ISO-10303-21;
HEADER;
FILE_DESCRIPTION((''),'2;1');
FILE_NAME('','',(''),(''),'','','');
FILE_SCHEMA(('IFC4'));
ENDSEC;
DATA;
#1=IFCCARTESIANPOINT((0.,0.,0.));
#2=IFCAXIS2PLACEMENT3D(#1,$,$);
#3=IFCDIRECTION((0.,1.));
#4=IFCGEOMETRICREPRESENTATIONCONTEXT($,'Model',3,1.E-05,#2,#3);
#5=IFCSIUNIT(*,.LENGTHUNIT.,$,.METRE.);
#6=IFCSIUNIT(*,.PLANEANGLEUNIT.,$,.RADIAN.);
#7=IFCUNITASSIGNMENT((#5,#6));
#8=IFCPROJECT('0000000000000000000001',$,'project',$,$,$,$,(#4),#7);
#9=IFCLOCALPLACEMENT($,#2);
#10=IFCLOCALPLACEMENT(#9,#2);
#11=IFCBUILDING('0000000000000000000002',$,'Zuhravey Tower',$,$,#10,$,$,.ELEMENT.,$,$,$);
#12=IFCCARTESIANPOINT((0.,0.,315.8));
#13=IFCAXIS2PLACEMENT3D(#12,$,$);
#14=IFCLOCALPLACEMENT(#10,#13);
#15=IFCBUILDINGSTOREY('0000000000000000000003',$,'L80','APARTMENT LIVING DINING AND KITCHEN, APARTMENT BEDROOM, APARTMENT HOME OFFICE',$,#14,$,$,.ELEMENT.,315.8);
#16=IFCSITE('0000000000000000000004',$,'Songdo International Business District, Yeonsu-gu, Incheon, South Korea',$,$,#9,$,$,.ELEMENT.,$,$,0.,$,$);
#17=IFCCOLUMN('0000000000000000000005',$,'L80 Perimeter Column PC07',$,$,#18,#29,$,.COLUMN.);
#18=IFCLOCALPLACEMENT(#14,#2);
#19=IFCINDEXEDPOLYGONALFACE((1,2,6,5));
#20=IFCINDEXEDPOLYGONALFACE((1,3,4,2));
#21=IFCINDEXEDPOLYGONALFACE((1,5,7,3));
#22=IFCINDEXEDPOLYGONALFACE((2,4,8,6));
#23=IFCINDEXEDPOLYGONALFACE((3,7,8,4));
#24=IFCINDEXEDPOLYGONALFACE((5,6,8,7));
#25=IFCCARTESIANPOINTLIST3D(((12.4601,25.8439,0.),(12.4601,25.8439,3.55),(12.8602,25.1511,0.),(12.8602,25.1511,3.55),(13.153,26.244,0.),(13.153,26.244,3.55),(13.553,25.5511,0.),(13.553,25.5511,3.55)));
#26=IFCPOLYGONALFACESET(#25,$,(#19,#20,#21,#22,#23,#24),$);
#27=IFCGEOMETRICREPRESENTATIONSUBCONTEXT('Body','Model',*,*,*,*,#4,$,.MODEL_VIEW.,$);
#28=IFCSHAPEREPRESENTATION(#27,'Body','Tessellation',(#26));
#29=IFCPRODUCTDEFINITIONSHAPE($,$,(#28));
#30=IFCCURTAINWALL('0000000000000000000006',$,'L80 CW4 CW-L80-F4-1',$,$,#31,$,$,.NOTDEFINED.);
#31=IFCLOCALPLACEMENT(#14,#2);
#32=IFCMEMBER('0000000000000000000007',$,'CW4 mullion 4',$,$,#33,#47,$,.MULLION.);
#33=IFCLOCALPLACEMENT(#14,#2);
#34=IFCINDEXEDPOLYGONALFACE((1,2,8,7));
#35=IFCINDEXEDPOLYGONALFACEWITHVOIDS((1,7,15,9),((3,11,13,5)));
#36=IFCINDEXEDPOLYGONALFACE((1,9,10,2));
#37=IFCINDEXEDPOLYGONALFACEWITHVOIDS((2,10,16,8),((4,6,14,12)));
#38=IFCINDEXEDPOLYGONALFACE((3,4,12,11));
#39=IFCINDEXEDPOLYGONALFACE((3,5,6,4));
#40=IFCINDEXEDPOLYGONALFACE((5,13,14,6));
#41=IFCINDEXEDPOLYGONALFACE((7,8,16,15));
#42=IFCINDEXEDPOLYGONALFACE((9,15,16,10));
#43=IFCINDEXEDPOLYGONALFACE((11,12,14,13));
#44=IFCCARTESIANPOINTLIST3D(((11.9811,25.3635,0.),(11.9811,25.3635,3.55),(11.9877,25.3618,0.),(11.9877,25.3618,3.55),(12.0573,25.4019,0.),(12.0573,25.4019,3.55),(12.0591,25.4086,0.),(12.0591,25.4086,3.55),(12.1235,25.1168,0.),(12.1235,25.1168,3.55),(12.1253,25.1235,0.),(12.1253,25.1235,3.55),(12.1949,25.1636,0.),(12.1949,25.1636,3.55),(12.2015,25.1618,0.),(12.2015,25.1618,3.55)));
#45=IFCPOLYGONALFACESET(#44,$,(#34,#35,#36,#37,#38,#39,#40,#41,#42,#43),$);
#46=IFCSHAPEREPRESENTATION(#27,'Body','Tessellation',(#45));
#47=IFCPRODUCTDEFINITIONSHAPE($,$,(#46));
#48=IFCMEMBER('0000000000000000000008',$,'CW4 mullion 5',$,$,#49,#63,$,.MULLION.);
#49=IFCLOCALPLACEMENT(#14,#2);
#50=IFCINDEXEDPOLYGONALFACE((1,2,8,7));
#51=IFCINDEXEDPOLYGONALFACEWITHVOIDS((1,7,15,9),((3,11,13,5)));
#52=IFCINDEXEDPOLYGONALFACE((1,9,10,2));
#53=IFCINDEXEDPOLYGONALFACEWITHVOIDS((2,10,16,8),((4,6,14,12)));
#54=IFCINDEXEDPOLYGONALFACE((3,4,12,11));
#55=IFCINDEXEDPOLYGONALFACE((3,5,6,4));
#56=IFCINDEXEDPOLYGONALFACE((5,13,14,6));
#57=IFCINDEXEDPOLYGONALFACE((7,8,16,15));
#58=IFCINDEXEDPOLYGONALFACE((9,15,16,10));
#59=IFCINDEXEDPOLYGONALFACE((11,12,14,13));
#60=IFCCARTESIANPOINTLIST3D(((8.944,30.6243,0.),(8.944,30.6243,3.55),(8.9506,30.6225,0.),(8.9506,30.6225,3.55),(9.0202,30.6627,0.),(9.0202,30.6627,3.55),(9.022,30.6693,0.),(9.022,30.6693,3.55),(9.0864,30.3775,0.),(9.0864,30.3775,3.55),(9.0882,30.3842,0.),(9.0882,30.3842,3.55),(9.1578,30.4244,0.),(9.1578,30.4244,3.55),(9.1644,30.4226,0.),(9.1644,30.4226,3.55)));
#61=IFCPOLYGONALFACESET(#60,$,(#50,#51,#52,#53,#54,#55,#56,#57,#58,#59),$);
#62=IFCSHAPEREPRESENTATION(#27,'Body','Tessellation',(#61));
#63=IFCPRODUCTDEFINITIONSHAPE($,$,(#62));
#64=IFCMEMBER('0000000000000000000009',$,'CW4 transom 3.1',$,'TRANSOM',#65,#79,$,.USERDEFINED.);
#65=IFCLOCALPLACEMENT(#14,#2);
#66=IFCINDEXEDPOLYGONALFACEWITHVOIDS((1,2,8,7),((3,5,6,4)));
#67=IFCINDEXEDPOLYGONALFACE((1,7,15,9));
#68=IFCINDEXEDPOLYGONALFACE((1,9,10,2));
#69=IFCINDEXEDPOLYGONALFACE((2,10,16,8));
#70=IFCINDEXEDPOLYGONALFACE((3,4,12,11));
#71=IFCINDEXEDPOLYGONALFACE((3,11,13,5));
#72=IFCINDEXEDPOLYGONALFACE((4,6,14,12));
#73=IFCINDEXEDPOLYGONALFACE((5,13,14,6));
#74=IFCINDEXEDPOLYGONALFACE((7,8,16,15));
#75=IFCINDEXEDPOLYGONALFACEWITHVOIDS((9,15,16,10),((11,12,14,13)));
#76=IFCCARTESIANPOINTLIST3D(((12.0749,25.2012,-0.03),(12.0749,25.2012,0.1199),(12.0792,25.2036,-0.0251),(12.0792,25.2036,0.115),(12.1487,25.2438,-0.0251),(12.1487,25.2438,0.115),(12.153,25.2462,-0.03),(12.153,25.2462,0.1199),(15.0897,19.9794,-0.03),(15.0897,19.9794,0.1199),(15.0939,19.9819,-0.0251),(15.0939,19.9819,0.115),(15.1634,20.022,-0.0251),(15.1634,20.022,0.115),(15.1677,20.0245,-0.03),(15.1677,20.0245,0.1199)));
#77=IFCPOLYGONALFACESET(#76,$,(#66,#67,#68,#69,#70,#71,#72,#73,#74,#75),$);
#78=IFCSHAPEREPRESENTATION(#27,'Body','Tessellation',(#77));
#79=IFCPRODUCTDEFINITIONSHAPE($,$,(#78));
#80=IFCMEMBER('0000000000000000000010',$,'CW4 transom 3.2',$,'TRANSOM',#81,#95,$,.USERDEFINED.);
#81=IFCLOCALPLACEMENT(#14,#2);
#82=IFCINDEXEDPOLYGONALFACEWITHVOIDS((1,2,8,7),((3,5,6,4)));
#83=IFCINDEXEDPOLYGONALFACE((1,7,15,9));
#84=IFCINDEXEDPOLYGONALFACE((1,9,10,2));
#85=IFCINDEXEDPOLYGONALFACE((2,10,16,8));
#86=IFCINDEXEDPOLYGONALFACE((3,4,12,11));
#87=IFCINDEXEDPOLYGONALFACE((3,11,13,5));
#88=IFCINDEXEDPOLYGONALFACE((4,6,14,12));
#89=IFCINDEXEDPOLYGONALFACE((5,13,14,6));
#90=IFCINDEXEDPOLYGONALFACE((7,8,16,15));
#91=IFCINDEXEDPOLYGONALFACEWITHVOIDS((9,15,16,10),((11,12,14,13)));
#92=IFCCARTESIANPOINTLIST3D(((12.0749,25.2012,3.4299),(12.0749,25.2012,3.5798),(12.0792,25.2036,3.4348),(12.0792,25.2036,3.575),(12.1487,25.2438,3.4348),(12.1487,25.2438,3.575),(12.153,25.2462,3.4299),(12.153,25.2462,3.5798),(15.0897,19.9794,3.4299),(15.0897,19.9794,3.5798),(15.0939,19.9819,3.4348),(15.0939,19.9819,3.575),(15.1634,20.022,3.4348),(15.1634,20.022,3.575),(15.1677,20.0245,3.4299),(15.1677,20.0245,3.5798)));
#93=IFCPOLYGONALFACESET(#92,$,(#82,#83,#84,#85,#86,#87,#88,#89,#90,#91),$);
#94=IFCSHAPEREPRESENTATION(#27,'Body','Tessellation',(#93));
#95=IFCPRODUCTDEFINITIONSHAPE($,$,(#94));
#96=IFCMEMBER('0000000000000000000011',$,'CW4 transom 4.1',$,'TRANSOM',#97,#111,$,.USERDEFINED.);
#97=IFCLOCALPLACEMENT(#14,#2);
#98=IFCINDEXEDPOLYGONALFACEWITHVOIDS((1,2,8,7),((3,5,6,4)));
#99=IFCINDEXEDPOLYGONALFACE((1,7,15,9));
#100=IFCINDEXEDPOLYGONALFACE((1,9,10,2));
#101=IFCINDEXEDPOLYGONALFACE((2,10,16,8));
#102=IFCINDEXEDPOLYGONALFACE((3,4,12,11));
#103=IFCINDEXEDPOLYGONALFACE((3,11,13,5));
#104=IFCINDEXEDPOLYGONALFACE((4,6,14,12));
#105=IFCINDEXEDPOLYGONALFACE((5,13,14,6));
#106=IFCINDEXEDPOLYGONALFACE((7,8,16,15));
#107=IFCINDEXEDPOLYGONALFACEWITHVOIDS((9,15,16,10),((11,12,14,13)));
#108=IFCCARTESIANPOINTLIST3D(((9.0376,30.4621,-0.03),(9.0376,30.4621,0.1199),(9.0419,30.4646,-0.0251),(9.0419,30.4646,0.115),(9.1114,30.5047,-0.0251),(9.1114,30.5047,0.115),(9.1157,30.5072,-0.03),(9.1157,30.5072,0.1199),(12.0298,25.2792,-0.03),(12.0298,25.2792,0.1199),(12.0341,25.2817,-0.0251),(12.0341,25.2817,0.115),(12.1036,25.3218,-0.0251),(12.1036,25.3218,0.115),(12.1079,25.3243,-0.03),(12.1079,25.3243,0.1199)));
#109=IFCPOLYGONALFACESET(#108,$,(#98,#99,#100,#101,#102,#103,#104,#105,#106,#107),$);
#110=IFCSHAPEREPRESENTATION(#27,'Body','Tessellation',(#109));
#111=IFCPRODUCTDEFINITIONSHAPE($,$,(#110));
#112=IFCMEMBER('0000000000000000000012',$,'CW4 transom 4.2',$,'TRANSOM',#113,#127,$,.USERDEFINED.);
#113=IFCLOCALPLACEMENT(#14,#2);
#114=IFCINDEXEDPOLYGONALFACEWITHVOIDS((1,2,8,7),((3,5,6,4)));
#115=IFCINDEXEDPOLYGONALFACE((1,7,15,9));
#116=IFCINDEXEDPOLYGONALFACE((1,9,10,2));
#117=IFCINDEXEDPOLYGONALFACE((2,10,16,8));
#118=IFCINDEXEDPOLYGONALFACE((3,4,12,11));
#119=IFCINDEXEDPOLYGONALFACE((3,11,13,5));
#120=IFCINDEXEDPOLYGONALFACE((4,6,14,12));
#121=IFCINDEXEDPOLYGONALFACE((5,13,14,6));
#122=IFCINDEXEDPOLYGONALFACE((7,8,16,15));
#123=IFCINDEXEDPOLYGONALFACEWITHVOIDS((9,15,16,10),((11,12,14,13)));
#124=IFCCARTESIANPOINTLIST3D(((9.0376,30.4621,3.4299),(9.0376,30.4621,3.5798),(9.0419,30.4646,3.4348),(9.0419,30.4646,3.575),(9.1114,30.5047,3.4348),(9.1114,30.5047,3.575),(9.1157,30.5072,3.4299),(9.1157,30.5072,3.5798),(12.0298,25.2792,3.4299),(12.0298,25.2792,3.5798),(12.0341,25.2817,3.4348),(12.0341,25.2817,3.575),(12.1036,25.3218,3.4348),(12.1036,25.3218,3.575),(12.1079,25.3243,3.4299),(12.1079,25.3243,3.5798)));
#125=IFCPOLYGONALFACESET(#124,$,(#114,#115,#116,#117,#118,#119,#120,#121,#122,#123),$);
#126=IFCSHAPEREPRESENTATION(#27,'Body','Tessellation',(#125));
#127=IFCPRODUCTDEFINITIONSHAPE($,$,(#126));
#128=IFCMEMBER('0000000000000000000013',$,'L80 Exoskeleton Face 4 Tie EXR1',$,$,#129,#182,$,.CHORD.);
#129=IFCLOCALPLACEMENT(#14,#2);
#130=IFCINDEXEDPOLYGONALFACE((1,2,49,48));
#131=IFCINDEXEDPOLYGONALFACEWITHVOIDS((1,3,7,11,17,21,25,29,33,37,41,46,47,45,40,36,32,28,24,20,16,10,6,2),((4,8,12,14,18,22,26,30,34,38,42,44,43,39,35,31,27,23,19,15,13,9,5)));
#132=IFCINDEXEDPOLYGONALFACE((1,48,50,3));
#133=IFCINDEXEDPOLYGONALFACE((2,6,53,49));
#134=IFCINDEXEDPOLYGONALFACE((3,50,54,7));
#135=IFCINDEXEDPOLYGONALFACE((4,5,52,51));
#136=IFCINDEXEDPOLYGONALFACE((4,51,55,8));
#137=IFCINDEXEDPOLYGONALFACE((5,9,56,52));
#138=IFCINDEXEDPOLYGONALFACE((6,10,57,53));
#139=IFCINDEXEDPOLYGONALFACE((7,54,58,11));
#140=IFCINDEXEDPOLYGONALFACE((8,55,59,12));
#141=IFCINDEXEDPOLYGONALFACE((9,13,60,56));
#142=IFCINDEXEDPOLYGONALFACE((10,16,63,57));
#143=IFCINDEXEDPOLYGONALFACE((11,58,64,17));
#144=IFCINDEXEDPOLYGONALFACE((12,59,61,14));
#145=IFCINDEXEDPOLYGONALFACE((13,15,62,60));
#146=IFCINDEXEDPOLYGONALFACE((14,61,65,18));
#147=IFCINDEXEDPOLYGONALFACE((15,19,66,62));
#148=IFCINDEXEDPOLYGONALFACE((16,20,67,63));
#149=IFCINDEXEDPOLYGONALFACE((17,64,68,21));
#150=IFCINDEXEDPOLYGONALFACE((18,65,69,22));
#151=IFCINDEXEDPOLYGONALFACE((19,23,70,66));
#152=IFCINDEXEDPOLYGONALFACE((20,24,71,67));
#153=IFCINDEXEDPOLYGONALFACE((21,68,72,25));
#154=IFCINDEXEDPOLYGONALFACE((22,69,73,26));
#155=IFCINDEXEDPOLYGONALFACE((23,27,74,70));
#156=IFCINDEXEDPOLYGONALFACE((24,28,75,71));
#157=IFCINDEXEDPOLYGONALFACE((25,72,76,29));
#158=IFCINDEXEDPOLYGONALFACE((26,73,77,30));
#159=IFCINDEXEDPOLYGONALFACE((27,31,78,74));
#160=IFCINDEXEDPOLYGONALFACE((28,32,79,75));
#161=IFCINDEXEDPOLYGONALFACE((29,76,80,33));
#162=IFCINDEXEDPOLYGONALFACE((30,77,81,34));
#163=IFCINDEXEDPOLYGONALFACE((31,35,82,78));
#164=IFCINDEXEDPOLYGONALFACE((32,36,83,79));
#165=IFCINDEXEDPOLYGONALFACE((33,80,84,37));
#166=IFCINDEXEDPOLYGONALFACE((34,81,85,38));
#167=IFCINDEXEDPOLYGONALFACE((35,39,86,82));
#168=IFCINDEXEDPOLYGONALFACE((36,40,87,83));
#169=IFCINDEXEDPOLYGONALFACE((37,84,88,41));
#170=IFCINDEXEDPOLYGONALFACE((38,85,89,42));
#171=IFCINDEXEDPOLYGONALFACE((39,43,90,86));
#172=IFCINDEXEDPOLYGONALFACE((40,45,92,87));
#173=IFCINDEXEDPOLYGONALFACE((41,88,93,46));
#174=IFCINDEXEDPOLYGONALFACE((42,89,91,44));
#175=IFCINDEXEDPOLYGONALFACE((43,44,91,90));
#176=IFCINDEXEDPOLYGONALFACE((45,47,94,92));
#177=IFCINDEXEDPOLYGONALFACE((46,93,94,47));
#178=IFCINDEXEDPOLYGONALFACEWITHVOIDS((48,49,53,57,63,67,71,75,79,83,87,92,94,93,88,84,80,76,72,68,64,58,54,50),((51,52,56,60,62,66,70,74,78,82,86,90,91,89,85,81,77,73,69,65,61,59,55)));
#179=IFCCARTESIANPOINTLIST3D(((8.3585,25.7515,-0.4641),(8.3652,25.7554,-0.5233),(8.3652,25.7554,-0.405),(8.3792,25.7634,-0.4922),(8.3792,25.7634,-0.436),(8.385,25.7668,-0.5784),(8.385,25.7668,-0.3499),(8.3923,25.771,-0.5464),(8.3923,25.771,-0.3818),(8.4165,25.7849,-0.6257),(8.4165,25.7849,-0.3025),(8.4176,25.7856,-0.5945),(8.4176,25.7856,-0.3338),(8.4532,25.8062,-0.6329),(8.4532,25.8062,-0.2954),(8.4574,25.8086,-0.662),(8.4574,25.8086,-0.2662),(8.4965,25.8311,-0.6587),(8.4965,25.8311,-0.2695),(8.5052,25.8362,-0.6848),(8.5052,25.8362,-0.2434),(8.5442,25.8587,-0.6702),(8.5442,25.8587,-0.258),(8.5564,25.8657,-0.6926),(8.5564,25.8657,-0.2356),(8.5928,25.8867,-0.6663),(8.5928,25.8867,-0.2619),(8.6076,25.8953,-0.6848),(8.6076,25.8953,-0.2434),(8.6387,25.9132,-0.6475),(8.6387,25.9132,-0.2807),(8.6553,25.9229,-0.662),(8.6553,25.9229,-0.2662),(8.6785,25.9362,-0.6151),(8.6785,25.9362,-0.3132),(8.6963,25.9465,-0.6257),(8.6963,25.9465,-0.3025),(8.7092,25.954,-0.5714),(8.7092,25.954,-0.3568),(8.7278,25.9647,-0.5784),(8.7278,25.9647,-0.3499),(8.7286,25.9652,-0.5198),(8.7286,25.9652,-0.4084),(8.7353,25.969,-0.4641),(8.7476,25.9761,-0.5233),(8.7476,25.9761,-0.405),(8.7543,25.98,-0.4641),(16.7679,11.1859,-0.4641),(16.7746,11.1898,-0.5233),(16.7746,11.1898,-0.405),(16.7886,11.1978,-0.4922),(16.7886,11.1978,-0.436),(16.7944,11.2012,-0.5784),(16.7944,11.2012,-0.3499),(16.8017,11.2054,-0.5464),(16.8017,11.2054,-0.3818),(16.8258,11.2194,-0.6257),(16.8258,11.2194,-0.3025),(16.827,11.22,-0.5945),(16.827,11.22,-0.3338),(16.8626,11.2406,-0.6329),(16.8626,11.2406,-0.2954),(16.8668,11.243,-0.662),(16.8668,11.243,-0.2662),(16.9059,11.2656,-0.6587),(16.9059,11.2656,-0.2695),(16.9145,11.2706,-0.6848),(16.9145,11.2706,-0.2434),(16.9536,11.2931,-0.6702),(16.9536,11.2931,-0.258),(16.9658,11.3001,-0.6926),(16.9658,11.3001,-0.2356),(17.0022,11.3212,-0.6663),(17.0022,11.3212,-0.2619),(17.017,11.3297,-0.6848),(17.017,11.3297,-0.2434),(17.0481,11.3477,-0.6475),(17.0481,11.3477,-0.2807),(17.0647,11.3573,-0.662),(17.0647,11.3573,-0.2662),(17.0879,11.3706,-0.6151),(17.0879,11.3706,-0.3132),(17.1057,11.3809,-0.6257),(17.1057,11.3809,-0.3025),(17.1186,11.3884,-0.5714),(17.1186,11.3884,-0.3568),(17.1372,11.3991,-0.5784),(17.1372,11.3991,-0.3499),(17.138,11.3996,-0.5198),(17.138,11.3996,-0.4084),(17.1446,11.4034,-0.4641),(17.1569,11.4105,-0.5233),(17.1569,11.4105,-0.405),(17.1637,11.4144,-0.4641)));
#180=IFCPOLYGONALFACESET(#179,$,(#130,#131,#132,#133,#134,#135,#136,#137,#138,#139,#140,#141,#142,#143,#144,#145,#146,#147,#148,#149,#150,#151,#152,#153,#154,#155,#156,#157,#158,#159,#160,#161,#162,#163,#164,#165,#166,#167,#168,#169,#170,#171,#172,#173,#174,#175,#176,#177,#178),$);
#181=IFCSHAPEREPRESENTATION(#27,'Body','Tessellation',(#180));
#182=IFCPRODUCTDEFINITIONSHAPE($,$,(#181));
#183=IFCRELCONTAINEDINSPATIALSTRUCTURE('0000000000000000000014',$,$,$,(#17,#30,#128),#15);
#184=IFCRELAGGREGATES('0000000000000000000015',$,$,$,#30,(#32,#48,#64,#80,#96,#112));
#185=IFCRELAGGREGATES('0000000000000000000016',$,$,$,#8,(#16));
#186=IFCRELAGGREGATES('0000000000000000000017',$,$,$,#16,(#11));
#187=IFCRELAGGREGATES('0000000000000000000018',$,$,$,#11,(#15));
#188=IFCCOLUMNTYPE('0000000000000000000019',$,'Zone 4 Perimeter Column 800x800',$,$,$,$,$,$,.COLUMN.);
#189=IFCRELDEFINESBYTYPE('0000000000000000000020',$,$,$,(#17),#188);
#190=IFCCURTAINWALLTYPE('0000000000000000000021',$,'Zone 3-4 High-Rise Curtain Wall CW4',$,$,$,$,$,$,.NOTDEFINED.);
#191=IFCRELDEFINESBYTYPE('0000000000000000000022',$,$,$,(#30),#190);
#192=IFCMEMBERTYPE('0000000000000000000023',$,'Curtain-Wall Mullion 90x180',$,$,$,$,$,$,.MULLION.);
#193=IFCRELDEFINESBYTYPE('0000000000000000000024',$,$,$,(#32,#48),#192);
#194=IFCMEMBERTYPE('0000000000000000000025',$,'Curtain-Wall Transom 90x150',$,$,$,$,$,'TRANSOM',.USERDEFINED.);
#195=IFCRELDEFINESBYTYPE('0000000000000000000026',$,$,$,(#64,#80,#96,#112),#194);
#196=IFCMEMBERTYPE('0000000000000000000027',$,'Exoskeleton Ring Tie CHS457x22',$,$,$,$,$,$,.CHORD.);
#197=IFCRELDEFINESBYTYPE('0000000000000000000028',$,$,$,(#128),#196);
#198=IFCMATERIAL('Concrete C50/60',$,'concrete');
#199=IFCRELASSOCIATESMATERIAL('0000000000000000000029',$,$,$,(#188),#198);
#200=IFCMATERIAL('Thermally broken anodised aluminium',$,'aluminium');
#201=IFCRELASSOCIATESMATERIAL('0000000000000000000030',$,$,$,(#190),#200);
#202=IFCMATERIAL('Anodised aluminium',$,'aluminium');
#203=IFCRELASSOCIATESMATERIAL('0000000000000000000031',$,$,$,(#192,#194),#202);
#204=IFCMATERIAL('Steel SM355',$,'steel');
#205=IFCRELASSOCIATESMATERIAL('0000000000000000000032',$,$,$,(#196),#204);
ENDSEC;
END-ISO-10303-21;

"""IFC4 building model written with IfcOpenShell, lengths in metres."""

from ifc_helpers import new_model, si_unit, direction, frame, origin, origin_2d, place, context, subcontext, project, spatial, rectangle, hollow_rectangle, hollow_circle, extrude, material, material_profile, profile_set, type_object, element, aggregate, save


model = new_model("IFC4")

# Units and contexts
model_context = context("Model", 3, precision=1e-05, world=origin(), true_north=direction((0.0, 1.0)))
body_context = subcontext(model_context, "Body", "Model", "MODEL_VIEW")
ifc_project = project(units=[si_unit("LENGTHUNIT", "METRE"), si_unit("PLANEANGLEUNIT", "RADIAN")], contexts=[model_context])

# Site, building, storey
site_placement = place(None, origin())
site = spatial("IfcSite", under=ifc_project, at=site_placement, Name="Songdo International Business District, Yeonsu-gu, Incheon, South Korea", CompositionType="ELEMENT", RefElevation=0.0)
building_placement = place(site_placement, origin())
building = spatial("IfcBuilding", under=site, at=building_placement, Name="Zuhravey Tower", CompositionType="ELEMENT")
storey_placement = place(building_placement, frame((0.0, 0.0, 315.8)))
storey = spatial("IfcBuildingStorey", under=building, at=storey_placement, Name="L80", Description="APARTMENT LIVING DINING AND KITCHEN, APARTMENT BEDROOM, APARTMENT HOME OFFICE", CompositionType="ELEMENT", Elevation=315.8)

# Column
ifc_material_1 = material(Name="Concrete C50/60", Category="concrete")
ifc_material_profile_1 = material_profile(ifc_material_1, rectangle(XDim=0.8, YDim=0.8, at=origin_2d()), Name="RC-800x800")
ifc_profile_set_1 = profile_set([ifc_material_profile_1], Name="Concrete C50/60")
column_type = type_object("IfcColumnType", Name="Zone 4 Perimeter Column 800x800", PredefinedType="COLUMN", material=ifc_profile_set_1)
column_placement = place(storey_placement, frame((13.0066, 25.6975, 0.0), z_axis=(0.0, 0.0, 1.0), x_axis=(0.5, -0.866025, 0.0)))
element("IfcColumn", 1, at=column_placement, inside=storey, type_object=column_type, Name="L80 Perimeter Column PC07", PredefinedType="COLUMN", context=body_context, shape_type="SweptSolid", body=[
    extrude(rectangle(XDim=0.8, YDim=0.8, at=origin_2d()), origin(), (0.0, 0.0, 1.0), 3.55),
])

# Curtain wall, members
ifc_material_2 = material(Name="Thermally broken anodised aluminium", Category="aluminium")
curtain_wall_type = type_object("IfcCurtainWallType", Name="Zone 3-4 High-Rise Curtain Wall CW4", PredefinedType="NOTDEFINED", material=ifc_material_2)
curtain_wall_placement = place(storey_placement, origin())
curtain_wall = element("IfcCurtainWall", 2, at=curtain_wall_placement, inside=storey, type_object=curtain_wall_type, Name="L80 CW4 CW-L80-F4-1", PredefinedType="NOTDEFINED")
ifc_material_3 = material(Name="Anodised aluminium", Category="aluminium")
ifc_material_profile_2 = material_profile(ifc_material_3, hollow_rectangle(XDim=0.0901, YDim=0.2849, WallThickness=0.0049, at=origin_2d()), Name="ALU-RHS-90x285x5")
ifc_profile_set_2 = profile_set([ifc_material_profile_2], Name="Anodised aluminium")
member_type_1 = type_object("IfcMemberType", Name="Curtain-Wall Mullion 90x180", PredefinedType="MULLION", material=ifc_profile_set_2)
member_1_placement = place(storey_placement, frame((12.0913, 25.2627, 0.0), z_axis=(0.0, 0.0, 1.0), x_axis=(-0.866026, -0.5, 0.0)))
member_1 = element("IfcMember", 3, at=member_1_placement, type_object=member_type_1, Name="CW4 mullion 4", PredefinedType="MULLION", context=body_context, shape_type="SweptSolid", body=[
    extrude(hollow_rectangle(XDim=0.0901, YDim=0.2849, WallThickness=0.0049, at=origin_2d()), origin(), (0.0, 0.0, 1.0), 3.55),
])
member_2_placement = place(storey_placement, frame((9.0542, 30.5234, 0.0), z_axis=(0.0, 0.0, 1.0), x_axis=(-0.866026, -0.5, 0.0)))
member_2 = element("IfcMember", 4, at=member_2_placement, type_object=member_type_1, Name="CW4 mullion 5", PredefinedType="MULLION", context=body_context, shape_type="SweptSolid", body=[
    extrude(hollow_rectangle(XDim=0.0901, YDim=0.2849, WallThickness=0.0049, at=origin_2d()), origin(), (0.0, 0.0, 1.0), 3.55),
])
ifc_material_profile_3 = material_profile(ifc_material_3, hollow_rectangle(XDim=0.0901, YDim=0.1499, WallThickness=0.0049, at=origin_2d()), Name="ALU-RHS-90x150x5")
ifc_profile_set_3 = profile_set([ifc_material_profile_3], Name="Anodised aluminium")
member_type_2 = type_object("IfcMemberType", Name="Curtain-Wall Transom 90x150", ElementType="TRANSOM", PredefinedType="USERDEFINED", material=ifc_profile_set_3)
member_3_placement = place(storey_placement, frame((15.1287, 20.002, 0.0449), z_axis=(-0.499989, 0.866032, 0.0), x_axis=(-0.866032, -0.499989, 0.0)))
member_3 = element("IfcMember", 5, at=member_3_placement, type_object=member_type_2, Name="CW4 transom 3.1", ObjectType="TRANSOM", PredefinedType="USERDEFINED", context=body_context, shape_type="SweptSolid", body=[
    extrude(hollow_rectangle(XDim=0.0901, YDim=0.1499, WallThickness=0.0049, at=origin_2d()), origin(), (0.0, 0.0, 1.0), 6.0295),
])
member_4_placement = place(storey_placement, frame((15.1287, 20.002, 3.5049), z_axis=(-0.499989, 0.866032, 0.0), x_axis=(-0.866032, -0.499989, 0.0)))
member_4 = element("IfcMember", 6, at=member_4_placement, type_object=member_type_2, Name="CW4 transom 3.2", ObjectType="TRANSOM", PredefinedType="USERDEFINED", context=body_context, shape_type="SweptSolid", body=[
    extrude(hollow_rectangle(XDim=0.0901, YDim=0.1499, WallThickness=0.0049, at=origin_2d()), origin(), (0.0, 0.0, 1.0), 6.0295),
])
member_5_placement = place(storey_placement, frame((12.0688, 25.3018, 0.0449), z_axis=(-0.499983, 0.866035, 0.0), x_axis=(-0.866035, -0.499983, 0.0)))
member_5 = element("IfcMember", 7, at=member_5_placement, type_object=member_type_2, Name="CW4 transom 4.1", ObjectType="TRANSOM", PredefinedType="USERDEFINED", context=body_context, shape_type="SweptSolid", body=[
    extrude(hollow_rectangle(XDim=0.0901, YDim=0.1499, WallThickness=0.0049, at=origin_2d()), origin(), (0.0, 0.0, 1.0), 5.9846),
])
member_6_placement = place(storey_placement, frame((12.0688, 25.3018, 3.5049), z_axis=(-0.499983, 0.866035, 0.0), x_axis=(-0.866035, -0.499983, 0.0)))
member_6 = element("IfcMember", 8, at=member_6_placement, type_object=member_type_2, Name="CW4 transom 4.2", ObjectType="TRANSOM", PredefinedType="USERDEFINED", context=body_context, shape_type="SweptSolid", body=[
    extrude(hollow_rectangle(XDim=0.0901, YDim=0.1499, WallThickness=0.0049, at=origin_2d()), origin(), (0.0, 0.0, 1.0), 5.9846),
])

# Member
ifc_material_4 = material(Name="Steel SM355", Category="steel")
ifc_material_profile_4 = material_profile(ifc_material_4, hollow_circle(Radius=0.2285, WallThickness=0.022, at=origin_2d()), Name="CHS-457.2x22")
ifc_profile_set_4 = profile_set([ifc_material_profile_4], Name="Steel SM355")
member_type_3 = type_object("IfcMemberType", Name="Exoskeleton Ring Tie CHS457x22", PredefinedType="CHORD", material=ifc_profile_set_4)
member_7_placement = place(storey_placement, frame((8.5564, 25.8657, -0.4641), z_axis=(0.499997, -0.866027, 0.0), x_axis=(0.866027, 0.499997, 0.0)))
element("IfcMember", 9, at=member_7_placement, inside=storey, type_object=member_type_3, Name="L80 Exoskeleton Face 4 Tie EXR1", PredefinedType="CHORD", context=body_context, shape_type="SweptSolid", body=[
    extrude(hollow_circle(Radius=0.2285, WallThickness=0.022, at=origin_2d()), origin(), (0.0, 0.0, 1.0), 16.8188),
])

aggregate(curtain_wall, [member_1, member_2, member_3, member_4, member_5, member_6])

save(model, "model.ifc")
